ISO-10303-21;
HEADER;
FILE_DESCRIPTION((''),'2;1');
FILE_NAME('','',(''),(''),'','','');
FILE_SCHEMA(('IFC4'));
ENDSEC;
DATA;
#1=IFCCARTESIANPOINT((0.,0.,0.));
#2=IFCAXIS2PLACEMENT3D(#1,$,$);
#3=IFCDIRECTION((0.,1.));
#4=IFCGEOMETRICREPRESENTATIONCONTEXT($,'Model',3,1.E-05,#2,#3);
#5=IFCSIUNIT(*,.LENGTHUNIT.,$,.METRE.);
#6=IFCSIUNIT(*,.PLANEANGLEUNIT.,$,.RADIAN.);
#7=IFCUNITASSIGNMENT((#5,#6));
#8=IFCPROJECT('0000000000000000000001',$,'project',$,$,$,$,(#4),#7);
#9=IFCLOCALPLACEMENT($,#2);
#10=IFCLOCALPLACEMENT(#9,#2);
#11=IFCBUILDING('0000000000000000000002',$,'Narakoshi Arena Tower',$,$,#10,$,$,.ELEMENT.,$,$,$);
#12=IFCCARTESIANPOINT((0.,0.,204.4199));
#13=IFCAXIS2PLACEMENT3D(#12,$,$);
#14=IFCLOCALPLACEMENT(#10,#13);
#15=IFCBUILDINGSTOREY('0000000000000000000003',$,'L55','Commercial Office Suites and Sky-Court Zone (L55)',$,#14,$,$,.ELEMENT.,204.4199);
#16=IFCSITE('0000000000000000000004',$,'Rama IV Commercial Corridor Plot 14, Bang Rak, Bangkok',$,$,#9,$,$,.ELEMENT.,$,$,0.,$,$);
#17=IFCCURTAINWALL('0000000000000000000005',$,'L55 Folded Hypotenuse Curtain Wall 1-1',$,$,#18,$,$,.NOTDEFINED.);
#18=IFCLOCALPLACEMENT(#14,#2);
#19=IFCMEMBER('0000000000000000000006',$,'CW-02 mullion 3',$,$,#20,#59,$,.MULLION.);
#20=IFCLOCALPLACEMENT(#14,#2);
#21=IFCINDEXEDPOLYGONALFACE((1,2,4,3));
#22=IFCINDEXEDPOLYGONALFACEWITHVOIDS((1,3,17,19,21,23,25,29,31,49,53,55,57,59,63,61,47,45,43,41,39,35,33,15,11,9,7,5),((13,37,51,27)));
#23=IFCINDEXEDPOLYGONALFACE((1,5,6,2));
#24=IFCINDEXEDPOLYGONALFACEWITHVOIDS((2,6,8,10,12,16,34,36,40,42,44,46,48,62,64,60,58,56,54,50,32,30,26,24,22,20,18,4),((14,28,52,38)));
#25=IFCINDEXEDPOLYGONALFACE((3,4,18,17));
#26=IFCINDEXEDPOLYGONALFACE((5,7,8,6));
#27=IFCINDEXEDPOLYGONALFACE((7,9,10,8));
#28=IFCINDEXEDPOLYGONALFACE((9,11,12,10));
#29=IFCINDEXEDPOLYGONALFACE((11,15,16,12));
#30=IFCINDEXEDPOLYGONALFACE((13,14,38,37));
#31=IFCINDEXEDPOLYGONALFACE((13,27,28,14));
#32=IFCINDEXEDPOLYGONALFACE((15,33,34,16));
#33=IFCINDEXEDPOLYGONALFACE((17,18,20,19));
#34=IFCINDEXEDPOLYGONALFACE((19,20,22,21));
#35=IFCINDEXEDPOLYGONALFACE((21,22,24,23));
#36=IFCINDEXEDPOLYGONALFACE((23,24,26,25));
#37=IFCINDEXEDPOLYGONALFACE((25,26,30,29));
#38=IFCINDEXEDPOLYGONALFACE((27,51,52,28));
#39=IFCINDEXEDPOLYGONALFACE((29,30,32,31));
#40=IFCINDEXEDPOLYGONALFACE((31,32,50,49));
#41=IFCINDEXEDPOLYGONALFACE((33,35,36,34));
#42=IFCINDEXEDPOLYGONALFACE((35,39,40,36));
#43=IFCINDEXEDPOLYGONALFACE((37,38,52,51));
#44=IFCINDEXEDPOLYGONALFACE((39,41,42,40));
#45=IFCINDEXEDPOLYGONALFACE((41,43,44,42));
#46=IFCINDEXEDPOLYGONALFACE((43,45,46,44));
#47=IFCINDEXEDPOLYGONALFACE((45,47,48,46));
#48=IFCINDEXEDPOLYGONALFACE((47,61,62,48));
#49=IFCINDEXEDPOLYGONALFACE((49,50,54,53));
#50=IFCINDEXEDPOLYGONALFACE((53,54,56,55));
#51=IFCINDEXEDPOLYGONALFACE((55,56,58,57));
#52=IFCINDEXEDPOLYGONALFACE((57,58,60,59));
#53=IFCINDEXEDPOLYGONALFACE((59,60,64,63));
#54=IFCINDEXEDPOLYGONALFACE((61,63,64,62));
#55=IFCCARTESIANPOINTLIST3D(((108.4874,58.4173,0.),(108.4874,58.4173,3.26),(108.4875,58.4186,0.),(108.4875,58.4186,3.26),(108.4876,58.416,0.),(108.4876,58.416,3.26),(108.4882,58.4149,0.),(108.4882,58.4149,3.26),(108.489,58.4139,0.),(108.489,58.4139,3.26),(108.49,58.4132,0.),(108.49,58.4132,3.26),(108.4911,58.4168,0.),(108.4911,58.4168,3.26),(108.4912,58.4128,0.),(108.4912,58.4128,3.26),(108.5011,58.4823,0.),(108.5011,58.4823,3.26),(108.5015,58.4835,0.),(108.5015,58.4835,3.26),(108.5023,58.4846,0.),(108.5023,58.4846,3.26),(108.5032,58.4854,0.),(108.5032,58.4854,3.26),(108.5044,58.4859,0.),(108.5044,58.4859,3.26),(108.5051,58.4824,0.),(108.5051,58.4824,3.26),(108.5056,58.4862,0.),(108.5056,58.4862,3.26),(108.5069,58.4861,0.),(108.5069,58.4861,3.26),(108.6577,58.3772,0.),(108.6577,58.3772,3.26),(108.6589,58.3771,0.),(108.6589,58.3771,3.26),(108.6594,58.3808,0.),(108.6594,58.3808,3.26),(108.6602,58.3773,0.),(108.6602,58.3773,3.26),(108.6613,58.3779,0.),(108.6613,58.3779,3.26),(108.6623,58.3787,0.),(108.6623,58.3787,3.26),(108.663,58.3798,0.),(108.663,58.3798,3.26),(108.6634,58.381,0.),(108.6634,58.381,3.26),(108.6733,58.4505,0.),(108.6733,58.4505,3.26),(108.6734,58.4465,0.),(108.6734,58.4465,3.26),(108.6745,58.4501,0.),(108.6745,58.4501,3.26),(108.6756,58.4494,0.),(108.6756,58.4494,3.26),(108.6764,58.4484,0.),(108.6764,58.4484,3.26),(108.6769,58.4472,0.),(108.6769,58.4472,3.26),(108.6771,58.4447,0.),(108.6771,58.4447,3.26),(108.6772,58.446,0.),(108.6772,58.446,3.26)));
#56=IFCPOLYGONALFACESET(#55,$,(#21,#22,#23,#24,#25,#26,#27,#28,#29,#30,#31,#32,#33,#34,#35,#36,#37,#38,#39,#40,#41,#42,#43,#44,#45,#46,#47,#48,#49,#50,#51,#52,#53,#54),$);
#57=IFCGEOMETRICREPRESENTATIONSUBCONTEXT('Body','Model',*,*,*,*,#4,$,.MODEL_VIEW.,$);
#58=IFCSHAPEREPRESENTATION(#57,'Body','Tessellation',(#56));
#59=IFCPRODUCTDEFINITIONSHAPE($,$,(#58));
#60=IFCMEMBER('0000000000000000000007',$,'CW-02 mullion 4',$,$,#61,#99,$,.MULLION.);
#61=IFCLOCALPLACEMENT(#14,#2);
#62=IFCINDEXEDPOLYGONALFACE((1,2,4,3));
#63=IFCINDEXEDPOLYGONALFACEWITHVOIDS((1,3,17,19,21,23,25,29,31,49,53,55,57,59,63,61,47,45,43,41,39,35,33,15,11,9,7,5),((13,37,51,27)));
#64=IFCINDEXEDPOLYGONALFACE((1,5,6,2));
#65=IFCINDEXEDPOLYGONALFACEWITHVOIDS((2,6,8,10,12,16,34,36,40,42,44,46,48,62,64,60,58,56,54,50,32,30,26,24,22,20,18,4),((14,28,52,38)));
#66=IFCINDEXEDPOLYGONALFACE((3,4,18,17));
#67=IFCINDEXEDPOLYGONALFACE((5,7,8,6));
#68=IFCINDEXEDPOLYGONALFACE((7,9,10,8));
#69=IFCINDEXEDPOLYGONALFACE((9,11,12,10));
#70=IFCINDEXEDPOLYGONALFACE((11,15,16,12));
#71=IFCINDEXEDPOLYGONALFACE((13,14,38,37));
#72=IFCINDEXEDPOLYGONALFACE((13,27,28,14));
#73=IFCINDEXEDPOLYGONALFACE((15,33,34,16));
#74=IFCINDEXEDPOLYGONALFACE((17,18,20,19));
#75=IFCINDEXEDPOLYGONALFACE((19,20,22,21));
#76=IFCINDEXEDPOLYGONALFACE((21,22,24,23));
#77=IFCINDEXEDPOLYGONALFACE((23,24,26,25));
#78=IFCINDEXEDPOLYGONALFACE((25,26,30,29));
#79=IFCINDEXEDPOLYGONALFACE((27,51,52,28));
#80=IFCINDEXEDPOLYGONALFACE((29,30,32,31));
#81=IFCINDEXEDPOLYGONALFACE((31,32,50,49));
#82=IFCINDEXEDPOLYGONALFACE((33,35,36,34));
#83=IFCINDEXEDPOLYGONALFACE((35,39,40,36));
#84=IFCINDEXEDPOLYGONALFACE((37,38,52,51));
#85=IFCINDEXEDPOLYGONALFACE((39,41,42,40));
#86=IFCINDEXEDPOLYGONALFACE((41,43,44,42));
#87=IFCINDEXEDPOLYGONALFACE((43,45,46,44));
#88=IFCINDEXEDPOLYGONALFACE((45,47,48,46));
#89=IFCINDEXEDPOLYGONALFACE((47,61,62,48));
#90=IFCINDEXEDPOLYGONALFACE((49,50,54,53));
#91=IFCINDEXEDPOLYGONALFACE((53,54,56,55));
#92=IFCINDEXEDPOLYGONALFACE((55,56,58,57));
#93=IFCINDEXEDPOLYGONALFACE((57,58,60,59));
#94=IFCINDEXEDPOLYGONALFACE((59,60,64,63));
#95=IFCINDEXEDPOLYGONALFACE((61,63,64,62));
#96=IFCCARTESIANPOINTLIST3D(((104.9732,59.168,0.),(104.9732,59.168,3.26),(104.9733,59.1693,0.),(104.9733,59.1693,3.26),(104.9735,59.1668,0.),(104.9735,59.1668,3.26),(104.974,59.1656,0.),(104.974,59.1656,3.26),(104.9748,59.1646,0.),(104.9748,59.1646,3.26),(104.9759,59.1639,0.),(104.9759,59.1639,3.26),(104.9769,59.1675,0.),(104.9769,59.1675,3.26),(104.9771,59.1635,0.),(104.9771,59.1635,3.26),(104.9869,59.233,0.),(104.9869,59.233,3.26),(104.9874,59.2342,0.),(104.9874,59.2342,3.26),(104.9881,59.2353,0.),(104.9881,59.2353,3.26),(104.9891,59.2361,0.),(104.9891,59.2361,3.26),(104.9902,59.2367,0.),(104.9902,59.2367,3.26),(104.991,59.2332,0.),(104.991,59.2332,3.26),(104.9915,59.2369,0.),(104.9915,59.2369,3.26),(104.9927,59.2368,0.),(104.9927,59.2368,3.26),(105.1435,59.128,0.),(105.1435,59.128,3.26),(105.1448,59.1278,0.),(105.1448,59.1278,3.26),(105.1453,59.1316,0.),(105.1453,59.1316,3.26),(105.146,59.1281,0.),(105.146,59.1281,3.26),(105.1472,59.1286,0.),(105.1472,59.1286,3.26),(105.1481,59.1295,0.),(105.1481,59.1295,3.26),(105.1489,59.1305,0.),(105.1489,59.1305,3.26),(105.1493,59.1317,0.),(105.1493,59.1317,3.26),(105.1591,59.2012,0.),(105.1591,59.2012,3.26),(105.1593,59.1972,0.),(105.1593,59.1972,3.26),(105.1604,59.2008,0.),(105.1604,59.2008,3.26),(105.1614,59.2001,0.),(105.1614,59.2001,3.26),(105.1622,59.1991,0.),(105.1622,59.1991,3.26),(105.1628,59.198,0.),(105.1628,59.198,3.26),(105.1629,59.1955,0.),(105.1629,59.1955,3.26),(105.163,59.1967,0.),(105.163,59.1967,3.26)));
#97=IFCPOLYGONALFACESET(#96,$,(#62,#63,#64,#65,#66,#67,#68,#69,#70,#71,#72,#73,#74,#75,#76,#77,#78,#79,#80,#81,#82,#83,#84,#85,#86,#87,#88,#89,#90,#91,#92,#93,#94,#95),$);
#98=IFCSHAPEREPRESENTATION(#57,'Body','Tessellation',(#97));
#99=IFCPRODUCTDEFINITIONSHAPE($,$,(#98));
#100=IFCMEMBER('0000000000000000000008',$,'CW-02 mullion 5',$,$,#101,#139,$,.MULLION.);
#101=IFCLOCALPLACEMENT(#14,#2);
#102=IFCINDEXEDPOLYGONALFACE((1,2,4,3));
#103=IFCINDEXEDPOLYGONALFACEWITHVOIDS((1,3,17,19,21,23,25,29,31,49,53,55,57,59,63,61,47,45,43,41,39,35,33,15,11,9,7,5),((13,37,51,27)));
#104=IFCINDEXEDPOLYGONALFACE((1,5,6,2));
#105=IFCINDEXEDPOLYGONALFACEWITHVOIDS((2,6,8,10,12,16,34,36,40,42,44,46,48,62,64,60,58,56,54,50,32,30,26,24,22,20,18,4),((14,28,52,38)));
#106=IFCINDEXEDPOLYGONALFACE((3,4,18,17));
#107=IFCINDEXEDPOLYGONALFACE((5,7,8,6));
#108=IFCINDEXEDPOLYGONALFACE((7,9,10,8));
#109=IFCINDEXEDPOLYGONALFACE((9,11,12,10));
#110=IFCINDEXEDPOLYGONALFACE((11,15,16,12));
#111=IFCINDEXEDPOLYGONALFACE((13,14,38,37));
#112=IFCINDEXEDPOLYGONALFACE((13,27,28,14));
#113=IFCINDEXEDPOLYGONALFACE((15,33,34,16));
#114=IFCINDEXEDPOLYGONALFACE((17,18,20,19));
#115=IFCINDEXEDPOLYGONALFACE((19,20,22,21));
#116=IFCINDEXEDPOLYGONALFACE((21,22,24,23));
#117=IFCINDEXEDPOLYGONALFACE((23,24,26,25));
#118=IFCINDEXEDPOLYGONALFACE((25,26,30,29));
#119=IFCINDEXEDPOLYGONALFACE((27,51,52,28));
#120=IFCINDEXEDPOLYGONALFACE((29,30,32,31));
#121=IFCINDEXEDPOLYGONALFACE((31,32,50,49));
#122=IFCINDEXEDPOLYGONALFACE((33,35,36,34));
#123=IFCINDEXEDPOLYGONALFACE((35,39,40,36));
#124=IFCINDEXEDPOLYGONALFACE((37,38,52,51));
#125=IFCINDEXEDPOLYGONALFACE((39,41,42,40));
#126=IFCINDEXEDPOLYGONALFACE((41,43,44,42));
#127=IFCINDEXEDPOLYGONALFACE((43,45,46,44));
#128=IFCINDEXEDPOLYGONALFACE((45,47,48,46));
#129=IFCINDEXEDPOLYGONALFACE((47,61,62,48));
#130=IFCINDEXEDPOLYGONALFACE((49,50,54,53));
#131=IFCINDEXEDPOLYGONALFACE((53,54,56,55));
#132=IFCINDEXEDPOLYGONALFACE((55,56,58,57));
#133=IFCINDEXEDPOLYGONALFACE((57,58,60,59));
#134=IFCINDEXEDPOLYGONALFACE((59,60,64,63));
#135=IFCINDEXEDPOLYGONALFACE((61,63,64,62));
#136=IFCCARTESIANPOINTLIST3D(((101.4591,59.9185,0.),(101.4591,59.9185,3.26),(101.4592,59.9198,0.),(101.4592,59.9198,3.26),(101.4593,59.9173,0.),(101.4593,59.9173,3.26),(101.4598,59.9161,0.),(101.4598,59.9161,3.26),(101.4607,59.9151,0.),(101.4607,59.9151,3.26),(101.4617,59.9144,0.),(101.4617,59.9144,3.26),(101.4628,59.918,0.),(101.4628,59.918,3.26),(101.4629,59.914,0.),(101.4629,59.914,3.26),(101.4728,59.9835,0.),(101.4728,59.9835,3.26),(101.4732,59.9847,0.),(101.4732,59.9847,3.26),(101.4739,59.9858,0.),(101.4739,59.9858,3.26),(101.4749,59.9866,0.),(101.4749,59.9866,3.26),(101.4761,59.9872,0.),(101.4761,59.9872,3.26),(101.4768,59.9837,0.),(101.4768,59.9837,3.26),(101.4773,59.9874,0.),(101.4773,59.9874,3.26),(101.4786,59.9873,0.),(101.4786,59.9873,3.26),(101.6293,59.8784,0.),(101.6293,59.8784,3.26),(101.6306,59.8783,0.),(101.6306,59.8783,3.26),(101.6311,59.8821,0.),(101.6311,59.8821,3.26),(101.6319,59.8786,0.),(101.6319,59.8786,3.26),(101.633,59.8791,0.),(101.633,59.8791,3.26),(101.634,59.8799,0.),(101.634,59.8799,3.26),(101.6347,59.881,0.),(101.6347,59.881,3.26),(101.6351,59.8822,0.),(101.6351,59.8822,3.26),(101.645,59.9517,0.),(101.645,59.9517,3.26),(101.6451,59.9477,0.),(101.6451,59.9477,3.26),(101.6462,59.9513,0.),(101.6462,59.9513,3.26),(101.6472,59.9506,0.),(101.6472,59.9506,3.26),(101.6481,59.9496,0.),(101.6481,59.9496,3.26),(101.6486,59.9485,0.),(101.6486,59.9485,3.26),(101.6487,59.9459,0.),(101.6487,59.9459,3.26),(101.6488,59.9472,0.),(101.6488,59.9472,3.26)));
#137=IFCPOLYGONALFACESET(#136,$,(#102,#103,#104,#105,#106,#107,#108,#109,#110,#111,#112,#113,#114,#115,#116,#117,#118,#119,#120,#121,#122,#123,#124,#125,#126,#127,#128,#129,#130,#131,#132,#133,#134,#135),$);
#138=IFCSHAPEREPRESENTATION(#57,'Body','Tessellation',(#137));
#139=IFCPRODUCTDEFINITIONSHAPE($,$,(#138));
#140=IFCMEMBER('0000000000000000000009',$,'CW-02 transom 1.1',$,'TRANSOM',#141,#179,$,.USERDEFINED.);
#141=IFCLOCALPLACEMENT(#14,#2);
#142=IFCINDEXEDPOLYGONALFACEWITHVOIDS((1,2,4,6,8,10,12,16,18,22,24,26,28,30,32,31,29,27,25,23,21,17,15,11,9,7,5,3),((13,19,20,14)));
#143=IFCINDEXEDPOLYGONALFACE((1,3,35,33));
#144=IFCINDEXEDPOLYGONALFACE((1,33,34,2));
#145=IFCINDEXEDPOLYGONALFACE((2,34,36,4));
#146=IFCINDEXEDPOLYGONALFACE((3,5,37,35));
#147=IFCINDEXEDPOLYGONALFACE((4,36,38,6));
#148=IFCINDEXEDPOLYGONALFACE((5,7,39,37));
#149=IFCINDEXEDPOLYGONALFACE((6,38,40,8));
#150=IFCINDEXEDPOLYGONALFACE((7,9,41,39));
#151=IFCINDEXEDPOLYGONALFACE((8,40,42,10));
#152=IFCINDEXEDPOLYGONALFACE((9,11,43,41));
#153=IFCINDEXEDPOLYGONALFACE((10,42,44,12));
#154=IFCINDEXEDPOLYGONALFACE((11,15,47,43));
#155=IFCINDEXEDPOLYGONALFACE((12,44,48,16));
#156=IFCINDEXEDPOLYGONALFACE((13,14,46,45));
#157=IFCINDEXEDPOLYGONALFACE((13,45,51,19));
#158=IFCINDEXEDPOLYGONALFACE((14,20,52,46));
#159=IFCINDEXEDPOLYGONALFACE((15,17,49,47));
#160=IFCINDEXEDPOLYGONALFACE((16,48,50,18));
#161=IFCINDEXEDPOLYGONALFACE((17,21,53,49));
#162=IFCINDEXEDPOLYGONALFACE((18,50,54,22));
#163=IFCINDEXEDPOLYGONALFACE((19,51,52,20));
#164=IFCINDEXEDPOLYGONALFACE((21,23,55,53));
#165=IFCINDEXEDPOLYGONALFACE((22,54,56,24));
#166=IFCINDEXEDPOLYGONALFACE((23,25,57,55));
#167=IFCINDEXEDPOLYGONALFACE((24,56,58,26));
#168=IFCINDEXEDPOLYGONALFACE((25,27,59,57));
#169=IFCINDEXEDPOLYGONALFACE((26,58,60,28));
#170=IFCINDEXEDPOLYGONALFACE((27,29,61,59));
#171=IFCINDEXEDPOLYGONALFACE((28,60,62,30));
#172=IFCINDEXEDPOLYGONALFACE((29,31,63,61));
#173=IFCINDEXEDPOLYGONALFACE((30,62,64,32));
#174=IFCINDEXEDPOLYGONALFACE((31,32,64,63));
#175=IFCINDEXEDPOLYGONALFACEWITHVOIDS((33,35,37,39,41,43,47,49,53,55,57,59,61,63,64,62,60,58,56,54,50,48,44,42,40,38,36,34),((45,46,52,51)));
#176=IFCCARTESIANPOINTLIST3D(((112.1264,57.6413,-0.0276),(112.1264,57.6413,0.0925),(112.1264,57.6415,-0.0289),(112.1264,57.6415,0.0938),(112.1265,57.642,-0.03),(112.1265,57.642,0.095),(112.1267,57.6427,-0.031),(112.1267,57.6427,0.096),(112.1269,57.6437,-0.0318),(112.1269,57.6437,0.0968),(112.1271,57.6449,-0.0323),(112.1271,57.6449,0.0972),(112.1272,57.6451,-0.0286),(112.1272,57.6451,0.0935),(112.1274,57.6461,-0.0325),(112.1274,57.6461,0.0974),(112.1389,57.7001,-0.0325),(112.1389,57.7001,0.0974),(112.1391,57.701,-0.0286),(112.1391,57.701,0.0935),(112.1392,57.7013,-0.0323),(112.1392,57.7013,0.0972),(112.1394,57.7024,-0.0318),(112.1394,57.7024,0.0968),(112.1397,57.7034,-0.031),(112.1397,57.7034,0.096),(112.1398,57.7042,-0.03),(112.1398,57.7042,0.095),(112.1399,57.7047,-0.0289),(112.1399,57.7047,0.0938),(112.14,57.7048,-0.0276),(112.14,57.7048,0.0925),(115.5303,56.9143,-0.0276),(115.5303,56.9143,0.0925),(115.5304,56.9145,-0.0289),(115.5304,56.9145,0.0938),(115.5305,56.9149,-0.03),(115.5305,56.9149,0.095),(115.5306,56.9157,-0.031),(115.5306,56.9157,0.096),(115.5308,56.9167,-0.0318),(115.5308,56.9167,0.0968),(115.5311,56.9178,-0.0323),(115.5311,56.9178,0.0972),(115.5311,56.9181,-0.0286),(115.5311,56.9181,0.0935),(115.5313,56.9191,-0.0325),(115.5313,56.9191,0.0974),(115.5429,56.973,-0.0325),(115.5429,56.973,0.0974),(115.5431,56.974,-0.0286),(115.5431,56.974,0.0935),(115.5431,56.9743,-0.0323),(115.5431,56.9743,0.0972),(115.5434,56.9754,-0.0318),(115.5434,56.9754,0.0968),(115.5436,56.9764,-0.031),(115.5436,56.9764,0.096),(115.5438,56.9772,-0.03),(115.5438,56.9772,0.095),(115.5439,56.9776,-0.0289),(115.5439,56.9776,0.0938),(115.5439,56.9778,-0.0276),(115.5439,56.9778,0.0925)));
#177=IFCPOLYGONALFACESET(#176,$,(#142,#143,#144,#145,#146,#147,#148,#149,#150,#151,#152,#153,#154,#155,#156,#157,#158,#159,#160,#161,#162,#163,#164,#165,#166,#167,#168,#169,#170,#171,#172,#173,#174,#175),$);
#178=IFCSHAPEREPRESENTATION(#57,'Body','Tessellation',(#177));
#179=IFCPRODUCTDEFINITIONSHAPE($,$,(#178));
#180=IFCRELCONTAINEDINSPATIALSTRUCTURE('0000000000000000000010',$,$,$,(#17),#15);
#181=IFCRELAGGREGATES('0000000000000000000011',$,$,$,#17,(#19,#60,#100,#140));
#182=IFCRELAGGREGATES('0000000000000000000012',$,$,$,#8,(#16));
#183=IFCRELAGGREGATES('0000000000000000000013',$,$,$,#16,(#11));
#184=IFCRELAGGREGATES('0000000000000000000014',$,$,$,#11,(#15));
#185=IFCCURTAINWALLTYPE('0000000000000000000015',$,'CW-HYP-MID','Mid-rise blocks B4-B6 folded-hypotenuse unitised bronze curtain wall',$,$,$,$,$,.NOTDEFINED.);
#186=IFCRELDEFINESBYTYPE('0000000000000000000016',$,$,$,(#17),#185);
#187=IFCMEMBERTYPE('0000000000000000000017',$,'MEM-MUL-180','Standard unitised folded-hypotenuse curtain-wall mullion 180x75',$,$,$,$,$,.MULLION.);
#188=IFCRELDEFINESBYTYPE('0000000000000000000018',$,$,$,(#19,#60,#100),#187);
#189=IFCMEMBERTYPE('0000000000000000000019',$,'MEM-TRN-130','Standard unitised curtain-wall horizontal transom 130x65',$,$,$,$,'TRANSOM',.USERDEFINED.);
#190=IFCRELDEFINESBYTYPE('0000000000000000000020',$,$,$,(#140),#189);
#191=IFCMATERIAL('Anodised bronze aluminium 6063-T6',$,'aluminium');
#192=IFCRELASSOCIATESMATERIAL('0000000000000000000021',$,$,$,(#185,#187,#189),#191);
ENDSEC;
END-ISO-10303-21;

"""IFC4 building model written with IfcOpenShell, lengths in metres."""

from ifc_helpers import new_model, si_unit, direction, frame, origin, origin_2d, place, context, subcontext, project, spatial, hollow_rectangle, extrude, material, material_profile, profile_set, type_object, element, aggregate, save


model = new_model("IFC4")

# Units and contexts
model_context = context("Model", 3, precision=1e-05, world=origin(), true_north=direction((0.0, 1.0)))
body_context = subcontext(model_context, "Body", "Model", "MODEL_VIEW")
ifc_project = project(units=[si_unit("LENGTHUNIT", "METRE"), si_unit("PLANEANGLEUNIT", "RADIAN")], contexts=[model_context])

# Site, building, storey
site_placement = place(None, origin())
site = spatial("IfcSite", under=ifc_project, at=site_placement, Name="Rama IV Commercial Corridor Plot 14, Bang Rak, Bangkok", CompositionType="ELEMENT", RefElevation=0.0)
building_placement = place(site_placement, origin())
building = spatial("IfcBuilding", under=site, at=building_placement, Name="Narakoshi Arena Tower", CompositionType="ELEMENT")
storey_placement = place(building_placement, frame((0.0, 0.0, 204.4199)))
storey = spatial("IfcBuildingStorey", under=building, at=storey_placement, Name="L55", Description="Commercial Office Suites and Sky-Court Zone (L55)", CompositionType="ELEMENT", Elevation=204.4199)

# Curtain wall, members
ifc_material_1 = material(Name="Anodised bronze aluminium 6063-T6", Category="aluminium")
curtain_wall_type = type_object("IfcCurtainWallType", Name="CW-HYP-MID", Description="Mid-rise blocks B4-B6 folded-hypotenuse unitised bronze curtain wall", PredefinedType="NOTDEFINED", material=ifc_material_1)
curtain_wall_placement = place(storey_placement, origin())
curtain_wall = element("IfcCurtainWall", 1, at=curtain_wall_placement, inside=storey, type_object=curtain_wall_type, Name="L55 Folded Hypotenuse Curtain Wall 1-1", PredefinedType="NOTDEFINED")
ifc_material_profile_1 = material_profile(ifc_material_1, hollow_rectangle(XDim=0.075, YDim=0.1799, WallThickness=0.0039, OuterFilletRadius=0.0049, at=origin_2d()), Name="MUL180x75x4")
ifc_profile_set_1 = profile_set([ifc_material_profile_1], Name="Anodised bronze aluminium 6063-T6")
member_type_1 = type_object("IfcMemberType", Name="MEM-MUL-180", Description="Standard unitised folded-hypotenuse curtain-wall mullion 180x75", PredefinedType="MULLION", material=ifc_profile_set_1)
member_1_placement = place(storey_placement, frame((108.5823, 58.4316, 0.0), z_axis=(0.0, 0.0, 1.0), x_axis=(-0.208899, -0.977937, 0.0)))
member_1 = element("IfcMember", 2, at=member_1_placement, type_object=member_type_1, Name="CW-02 mullion 3", PredefinedType="MULLION", context=body_context, shape_type="SweptSolid", body=[
    extrude(hollow_rectangle(XDim=0.075, YDim=0.1799, WallThickness=0.0039, OuterFilletRadius=0.0049, at=origin_2d()), origin(), (0.0, 0.0, 1.0), 3.26),
])
member_2_placement = place(storey_placement, frame((105.0681, 59.1824, 0.0), z_axis=(0.0, 0.0, 1.0), x_axis=(-0.208899, -0.977937, 0.0)))
member_2 = element("IfcMember", 3, at=member_2_placement, type_object=member_type_1, Name="CW-02 mullion 4", PredefinedType="MULLION", context=body_context, shape_type="SweptSolid", body=[
    extrude(hollow_rectangle(XDim=0.075, YDim=0.1799, WallThickness=0.0039, OuterFilletRadius=0.0049, at=origin_2d()), origin(), (0.0, 0.0, 1.0), 3.26),
])
member_3_placement = place(storey_placement, frame((101.554, 59.9329, 0.0), z_axis=(0.0, 0.0, 1.0), x_axis=(-0.208899, -0.977937, 0.0)))
member_3 = element("IfcMember", 4, at=member_3_placement, type_object=member_type_1, Name="CW-02 mullion 5", PredefinedType="MULLION", context=body_context, shape_type="SweptSolid", body=[
    extrude(hollow_rectangle(XDim=0.075, YDim=0.1799, WallThickness=0.0039, OuterFilletRadius=0.0049, at=origin_2d()), origin(), (0.0, 0.0, 1.0), 3.26),
])
ifc_material_profile_2 = material_profile(ifc_material_1, hollow_rectangle(XDim=0.0649, YDim=0.1299, WallThickness=0.0039, OuterFilletRadius=0.0049, at=origin_2d()), Name="TRN130x65x4")
ifc_profile_set_2 = profile_set([ifc_material_profile_2], Name="Anodised bronze aluminium 6063-T6")
member_type_2 = type_object("IfcMemberType", Name="MEM-TRN-130", Description="Standard unitised curtain-wall horizontal transom 130x65", ElementType="TRANSOM", PredefinedType="USERDEFINED", material=ifc_profile_set_2)
member_4_placement = place(storey_placement, frame((115.5371, 56.946, 0.0325), z_axis=(-0.977943, 0.208873, 0.0), x_axis=(-0.208873, -0.977943, 0.0)))
member_4 = element("IfcMember", 5, at=member_4_placement, type_object=member_type_2, Name="CW-02 transom 1.1", ObjectType="TRANSOM", PredefinedType="USERDEFINED", context=body_context, shape_type="SweptSolid", body=[
    extrude(hollow_rectangle(XDim=0.0649, YDim=0.1299, WallThickness=0.0039, OuterFilletRadius=0.0049, at=origin_2d()), origin(), (0.0, 0.0, 1.0), 3.4807),
])
aggregate(curtain_wall, [member_1, member_2, member_3, member_4])

save(model, "model.ifc")
